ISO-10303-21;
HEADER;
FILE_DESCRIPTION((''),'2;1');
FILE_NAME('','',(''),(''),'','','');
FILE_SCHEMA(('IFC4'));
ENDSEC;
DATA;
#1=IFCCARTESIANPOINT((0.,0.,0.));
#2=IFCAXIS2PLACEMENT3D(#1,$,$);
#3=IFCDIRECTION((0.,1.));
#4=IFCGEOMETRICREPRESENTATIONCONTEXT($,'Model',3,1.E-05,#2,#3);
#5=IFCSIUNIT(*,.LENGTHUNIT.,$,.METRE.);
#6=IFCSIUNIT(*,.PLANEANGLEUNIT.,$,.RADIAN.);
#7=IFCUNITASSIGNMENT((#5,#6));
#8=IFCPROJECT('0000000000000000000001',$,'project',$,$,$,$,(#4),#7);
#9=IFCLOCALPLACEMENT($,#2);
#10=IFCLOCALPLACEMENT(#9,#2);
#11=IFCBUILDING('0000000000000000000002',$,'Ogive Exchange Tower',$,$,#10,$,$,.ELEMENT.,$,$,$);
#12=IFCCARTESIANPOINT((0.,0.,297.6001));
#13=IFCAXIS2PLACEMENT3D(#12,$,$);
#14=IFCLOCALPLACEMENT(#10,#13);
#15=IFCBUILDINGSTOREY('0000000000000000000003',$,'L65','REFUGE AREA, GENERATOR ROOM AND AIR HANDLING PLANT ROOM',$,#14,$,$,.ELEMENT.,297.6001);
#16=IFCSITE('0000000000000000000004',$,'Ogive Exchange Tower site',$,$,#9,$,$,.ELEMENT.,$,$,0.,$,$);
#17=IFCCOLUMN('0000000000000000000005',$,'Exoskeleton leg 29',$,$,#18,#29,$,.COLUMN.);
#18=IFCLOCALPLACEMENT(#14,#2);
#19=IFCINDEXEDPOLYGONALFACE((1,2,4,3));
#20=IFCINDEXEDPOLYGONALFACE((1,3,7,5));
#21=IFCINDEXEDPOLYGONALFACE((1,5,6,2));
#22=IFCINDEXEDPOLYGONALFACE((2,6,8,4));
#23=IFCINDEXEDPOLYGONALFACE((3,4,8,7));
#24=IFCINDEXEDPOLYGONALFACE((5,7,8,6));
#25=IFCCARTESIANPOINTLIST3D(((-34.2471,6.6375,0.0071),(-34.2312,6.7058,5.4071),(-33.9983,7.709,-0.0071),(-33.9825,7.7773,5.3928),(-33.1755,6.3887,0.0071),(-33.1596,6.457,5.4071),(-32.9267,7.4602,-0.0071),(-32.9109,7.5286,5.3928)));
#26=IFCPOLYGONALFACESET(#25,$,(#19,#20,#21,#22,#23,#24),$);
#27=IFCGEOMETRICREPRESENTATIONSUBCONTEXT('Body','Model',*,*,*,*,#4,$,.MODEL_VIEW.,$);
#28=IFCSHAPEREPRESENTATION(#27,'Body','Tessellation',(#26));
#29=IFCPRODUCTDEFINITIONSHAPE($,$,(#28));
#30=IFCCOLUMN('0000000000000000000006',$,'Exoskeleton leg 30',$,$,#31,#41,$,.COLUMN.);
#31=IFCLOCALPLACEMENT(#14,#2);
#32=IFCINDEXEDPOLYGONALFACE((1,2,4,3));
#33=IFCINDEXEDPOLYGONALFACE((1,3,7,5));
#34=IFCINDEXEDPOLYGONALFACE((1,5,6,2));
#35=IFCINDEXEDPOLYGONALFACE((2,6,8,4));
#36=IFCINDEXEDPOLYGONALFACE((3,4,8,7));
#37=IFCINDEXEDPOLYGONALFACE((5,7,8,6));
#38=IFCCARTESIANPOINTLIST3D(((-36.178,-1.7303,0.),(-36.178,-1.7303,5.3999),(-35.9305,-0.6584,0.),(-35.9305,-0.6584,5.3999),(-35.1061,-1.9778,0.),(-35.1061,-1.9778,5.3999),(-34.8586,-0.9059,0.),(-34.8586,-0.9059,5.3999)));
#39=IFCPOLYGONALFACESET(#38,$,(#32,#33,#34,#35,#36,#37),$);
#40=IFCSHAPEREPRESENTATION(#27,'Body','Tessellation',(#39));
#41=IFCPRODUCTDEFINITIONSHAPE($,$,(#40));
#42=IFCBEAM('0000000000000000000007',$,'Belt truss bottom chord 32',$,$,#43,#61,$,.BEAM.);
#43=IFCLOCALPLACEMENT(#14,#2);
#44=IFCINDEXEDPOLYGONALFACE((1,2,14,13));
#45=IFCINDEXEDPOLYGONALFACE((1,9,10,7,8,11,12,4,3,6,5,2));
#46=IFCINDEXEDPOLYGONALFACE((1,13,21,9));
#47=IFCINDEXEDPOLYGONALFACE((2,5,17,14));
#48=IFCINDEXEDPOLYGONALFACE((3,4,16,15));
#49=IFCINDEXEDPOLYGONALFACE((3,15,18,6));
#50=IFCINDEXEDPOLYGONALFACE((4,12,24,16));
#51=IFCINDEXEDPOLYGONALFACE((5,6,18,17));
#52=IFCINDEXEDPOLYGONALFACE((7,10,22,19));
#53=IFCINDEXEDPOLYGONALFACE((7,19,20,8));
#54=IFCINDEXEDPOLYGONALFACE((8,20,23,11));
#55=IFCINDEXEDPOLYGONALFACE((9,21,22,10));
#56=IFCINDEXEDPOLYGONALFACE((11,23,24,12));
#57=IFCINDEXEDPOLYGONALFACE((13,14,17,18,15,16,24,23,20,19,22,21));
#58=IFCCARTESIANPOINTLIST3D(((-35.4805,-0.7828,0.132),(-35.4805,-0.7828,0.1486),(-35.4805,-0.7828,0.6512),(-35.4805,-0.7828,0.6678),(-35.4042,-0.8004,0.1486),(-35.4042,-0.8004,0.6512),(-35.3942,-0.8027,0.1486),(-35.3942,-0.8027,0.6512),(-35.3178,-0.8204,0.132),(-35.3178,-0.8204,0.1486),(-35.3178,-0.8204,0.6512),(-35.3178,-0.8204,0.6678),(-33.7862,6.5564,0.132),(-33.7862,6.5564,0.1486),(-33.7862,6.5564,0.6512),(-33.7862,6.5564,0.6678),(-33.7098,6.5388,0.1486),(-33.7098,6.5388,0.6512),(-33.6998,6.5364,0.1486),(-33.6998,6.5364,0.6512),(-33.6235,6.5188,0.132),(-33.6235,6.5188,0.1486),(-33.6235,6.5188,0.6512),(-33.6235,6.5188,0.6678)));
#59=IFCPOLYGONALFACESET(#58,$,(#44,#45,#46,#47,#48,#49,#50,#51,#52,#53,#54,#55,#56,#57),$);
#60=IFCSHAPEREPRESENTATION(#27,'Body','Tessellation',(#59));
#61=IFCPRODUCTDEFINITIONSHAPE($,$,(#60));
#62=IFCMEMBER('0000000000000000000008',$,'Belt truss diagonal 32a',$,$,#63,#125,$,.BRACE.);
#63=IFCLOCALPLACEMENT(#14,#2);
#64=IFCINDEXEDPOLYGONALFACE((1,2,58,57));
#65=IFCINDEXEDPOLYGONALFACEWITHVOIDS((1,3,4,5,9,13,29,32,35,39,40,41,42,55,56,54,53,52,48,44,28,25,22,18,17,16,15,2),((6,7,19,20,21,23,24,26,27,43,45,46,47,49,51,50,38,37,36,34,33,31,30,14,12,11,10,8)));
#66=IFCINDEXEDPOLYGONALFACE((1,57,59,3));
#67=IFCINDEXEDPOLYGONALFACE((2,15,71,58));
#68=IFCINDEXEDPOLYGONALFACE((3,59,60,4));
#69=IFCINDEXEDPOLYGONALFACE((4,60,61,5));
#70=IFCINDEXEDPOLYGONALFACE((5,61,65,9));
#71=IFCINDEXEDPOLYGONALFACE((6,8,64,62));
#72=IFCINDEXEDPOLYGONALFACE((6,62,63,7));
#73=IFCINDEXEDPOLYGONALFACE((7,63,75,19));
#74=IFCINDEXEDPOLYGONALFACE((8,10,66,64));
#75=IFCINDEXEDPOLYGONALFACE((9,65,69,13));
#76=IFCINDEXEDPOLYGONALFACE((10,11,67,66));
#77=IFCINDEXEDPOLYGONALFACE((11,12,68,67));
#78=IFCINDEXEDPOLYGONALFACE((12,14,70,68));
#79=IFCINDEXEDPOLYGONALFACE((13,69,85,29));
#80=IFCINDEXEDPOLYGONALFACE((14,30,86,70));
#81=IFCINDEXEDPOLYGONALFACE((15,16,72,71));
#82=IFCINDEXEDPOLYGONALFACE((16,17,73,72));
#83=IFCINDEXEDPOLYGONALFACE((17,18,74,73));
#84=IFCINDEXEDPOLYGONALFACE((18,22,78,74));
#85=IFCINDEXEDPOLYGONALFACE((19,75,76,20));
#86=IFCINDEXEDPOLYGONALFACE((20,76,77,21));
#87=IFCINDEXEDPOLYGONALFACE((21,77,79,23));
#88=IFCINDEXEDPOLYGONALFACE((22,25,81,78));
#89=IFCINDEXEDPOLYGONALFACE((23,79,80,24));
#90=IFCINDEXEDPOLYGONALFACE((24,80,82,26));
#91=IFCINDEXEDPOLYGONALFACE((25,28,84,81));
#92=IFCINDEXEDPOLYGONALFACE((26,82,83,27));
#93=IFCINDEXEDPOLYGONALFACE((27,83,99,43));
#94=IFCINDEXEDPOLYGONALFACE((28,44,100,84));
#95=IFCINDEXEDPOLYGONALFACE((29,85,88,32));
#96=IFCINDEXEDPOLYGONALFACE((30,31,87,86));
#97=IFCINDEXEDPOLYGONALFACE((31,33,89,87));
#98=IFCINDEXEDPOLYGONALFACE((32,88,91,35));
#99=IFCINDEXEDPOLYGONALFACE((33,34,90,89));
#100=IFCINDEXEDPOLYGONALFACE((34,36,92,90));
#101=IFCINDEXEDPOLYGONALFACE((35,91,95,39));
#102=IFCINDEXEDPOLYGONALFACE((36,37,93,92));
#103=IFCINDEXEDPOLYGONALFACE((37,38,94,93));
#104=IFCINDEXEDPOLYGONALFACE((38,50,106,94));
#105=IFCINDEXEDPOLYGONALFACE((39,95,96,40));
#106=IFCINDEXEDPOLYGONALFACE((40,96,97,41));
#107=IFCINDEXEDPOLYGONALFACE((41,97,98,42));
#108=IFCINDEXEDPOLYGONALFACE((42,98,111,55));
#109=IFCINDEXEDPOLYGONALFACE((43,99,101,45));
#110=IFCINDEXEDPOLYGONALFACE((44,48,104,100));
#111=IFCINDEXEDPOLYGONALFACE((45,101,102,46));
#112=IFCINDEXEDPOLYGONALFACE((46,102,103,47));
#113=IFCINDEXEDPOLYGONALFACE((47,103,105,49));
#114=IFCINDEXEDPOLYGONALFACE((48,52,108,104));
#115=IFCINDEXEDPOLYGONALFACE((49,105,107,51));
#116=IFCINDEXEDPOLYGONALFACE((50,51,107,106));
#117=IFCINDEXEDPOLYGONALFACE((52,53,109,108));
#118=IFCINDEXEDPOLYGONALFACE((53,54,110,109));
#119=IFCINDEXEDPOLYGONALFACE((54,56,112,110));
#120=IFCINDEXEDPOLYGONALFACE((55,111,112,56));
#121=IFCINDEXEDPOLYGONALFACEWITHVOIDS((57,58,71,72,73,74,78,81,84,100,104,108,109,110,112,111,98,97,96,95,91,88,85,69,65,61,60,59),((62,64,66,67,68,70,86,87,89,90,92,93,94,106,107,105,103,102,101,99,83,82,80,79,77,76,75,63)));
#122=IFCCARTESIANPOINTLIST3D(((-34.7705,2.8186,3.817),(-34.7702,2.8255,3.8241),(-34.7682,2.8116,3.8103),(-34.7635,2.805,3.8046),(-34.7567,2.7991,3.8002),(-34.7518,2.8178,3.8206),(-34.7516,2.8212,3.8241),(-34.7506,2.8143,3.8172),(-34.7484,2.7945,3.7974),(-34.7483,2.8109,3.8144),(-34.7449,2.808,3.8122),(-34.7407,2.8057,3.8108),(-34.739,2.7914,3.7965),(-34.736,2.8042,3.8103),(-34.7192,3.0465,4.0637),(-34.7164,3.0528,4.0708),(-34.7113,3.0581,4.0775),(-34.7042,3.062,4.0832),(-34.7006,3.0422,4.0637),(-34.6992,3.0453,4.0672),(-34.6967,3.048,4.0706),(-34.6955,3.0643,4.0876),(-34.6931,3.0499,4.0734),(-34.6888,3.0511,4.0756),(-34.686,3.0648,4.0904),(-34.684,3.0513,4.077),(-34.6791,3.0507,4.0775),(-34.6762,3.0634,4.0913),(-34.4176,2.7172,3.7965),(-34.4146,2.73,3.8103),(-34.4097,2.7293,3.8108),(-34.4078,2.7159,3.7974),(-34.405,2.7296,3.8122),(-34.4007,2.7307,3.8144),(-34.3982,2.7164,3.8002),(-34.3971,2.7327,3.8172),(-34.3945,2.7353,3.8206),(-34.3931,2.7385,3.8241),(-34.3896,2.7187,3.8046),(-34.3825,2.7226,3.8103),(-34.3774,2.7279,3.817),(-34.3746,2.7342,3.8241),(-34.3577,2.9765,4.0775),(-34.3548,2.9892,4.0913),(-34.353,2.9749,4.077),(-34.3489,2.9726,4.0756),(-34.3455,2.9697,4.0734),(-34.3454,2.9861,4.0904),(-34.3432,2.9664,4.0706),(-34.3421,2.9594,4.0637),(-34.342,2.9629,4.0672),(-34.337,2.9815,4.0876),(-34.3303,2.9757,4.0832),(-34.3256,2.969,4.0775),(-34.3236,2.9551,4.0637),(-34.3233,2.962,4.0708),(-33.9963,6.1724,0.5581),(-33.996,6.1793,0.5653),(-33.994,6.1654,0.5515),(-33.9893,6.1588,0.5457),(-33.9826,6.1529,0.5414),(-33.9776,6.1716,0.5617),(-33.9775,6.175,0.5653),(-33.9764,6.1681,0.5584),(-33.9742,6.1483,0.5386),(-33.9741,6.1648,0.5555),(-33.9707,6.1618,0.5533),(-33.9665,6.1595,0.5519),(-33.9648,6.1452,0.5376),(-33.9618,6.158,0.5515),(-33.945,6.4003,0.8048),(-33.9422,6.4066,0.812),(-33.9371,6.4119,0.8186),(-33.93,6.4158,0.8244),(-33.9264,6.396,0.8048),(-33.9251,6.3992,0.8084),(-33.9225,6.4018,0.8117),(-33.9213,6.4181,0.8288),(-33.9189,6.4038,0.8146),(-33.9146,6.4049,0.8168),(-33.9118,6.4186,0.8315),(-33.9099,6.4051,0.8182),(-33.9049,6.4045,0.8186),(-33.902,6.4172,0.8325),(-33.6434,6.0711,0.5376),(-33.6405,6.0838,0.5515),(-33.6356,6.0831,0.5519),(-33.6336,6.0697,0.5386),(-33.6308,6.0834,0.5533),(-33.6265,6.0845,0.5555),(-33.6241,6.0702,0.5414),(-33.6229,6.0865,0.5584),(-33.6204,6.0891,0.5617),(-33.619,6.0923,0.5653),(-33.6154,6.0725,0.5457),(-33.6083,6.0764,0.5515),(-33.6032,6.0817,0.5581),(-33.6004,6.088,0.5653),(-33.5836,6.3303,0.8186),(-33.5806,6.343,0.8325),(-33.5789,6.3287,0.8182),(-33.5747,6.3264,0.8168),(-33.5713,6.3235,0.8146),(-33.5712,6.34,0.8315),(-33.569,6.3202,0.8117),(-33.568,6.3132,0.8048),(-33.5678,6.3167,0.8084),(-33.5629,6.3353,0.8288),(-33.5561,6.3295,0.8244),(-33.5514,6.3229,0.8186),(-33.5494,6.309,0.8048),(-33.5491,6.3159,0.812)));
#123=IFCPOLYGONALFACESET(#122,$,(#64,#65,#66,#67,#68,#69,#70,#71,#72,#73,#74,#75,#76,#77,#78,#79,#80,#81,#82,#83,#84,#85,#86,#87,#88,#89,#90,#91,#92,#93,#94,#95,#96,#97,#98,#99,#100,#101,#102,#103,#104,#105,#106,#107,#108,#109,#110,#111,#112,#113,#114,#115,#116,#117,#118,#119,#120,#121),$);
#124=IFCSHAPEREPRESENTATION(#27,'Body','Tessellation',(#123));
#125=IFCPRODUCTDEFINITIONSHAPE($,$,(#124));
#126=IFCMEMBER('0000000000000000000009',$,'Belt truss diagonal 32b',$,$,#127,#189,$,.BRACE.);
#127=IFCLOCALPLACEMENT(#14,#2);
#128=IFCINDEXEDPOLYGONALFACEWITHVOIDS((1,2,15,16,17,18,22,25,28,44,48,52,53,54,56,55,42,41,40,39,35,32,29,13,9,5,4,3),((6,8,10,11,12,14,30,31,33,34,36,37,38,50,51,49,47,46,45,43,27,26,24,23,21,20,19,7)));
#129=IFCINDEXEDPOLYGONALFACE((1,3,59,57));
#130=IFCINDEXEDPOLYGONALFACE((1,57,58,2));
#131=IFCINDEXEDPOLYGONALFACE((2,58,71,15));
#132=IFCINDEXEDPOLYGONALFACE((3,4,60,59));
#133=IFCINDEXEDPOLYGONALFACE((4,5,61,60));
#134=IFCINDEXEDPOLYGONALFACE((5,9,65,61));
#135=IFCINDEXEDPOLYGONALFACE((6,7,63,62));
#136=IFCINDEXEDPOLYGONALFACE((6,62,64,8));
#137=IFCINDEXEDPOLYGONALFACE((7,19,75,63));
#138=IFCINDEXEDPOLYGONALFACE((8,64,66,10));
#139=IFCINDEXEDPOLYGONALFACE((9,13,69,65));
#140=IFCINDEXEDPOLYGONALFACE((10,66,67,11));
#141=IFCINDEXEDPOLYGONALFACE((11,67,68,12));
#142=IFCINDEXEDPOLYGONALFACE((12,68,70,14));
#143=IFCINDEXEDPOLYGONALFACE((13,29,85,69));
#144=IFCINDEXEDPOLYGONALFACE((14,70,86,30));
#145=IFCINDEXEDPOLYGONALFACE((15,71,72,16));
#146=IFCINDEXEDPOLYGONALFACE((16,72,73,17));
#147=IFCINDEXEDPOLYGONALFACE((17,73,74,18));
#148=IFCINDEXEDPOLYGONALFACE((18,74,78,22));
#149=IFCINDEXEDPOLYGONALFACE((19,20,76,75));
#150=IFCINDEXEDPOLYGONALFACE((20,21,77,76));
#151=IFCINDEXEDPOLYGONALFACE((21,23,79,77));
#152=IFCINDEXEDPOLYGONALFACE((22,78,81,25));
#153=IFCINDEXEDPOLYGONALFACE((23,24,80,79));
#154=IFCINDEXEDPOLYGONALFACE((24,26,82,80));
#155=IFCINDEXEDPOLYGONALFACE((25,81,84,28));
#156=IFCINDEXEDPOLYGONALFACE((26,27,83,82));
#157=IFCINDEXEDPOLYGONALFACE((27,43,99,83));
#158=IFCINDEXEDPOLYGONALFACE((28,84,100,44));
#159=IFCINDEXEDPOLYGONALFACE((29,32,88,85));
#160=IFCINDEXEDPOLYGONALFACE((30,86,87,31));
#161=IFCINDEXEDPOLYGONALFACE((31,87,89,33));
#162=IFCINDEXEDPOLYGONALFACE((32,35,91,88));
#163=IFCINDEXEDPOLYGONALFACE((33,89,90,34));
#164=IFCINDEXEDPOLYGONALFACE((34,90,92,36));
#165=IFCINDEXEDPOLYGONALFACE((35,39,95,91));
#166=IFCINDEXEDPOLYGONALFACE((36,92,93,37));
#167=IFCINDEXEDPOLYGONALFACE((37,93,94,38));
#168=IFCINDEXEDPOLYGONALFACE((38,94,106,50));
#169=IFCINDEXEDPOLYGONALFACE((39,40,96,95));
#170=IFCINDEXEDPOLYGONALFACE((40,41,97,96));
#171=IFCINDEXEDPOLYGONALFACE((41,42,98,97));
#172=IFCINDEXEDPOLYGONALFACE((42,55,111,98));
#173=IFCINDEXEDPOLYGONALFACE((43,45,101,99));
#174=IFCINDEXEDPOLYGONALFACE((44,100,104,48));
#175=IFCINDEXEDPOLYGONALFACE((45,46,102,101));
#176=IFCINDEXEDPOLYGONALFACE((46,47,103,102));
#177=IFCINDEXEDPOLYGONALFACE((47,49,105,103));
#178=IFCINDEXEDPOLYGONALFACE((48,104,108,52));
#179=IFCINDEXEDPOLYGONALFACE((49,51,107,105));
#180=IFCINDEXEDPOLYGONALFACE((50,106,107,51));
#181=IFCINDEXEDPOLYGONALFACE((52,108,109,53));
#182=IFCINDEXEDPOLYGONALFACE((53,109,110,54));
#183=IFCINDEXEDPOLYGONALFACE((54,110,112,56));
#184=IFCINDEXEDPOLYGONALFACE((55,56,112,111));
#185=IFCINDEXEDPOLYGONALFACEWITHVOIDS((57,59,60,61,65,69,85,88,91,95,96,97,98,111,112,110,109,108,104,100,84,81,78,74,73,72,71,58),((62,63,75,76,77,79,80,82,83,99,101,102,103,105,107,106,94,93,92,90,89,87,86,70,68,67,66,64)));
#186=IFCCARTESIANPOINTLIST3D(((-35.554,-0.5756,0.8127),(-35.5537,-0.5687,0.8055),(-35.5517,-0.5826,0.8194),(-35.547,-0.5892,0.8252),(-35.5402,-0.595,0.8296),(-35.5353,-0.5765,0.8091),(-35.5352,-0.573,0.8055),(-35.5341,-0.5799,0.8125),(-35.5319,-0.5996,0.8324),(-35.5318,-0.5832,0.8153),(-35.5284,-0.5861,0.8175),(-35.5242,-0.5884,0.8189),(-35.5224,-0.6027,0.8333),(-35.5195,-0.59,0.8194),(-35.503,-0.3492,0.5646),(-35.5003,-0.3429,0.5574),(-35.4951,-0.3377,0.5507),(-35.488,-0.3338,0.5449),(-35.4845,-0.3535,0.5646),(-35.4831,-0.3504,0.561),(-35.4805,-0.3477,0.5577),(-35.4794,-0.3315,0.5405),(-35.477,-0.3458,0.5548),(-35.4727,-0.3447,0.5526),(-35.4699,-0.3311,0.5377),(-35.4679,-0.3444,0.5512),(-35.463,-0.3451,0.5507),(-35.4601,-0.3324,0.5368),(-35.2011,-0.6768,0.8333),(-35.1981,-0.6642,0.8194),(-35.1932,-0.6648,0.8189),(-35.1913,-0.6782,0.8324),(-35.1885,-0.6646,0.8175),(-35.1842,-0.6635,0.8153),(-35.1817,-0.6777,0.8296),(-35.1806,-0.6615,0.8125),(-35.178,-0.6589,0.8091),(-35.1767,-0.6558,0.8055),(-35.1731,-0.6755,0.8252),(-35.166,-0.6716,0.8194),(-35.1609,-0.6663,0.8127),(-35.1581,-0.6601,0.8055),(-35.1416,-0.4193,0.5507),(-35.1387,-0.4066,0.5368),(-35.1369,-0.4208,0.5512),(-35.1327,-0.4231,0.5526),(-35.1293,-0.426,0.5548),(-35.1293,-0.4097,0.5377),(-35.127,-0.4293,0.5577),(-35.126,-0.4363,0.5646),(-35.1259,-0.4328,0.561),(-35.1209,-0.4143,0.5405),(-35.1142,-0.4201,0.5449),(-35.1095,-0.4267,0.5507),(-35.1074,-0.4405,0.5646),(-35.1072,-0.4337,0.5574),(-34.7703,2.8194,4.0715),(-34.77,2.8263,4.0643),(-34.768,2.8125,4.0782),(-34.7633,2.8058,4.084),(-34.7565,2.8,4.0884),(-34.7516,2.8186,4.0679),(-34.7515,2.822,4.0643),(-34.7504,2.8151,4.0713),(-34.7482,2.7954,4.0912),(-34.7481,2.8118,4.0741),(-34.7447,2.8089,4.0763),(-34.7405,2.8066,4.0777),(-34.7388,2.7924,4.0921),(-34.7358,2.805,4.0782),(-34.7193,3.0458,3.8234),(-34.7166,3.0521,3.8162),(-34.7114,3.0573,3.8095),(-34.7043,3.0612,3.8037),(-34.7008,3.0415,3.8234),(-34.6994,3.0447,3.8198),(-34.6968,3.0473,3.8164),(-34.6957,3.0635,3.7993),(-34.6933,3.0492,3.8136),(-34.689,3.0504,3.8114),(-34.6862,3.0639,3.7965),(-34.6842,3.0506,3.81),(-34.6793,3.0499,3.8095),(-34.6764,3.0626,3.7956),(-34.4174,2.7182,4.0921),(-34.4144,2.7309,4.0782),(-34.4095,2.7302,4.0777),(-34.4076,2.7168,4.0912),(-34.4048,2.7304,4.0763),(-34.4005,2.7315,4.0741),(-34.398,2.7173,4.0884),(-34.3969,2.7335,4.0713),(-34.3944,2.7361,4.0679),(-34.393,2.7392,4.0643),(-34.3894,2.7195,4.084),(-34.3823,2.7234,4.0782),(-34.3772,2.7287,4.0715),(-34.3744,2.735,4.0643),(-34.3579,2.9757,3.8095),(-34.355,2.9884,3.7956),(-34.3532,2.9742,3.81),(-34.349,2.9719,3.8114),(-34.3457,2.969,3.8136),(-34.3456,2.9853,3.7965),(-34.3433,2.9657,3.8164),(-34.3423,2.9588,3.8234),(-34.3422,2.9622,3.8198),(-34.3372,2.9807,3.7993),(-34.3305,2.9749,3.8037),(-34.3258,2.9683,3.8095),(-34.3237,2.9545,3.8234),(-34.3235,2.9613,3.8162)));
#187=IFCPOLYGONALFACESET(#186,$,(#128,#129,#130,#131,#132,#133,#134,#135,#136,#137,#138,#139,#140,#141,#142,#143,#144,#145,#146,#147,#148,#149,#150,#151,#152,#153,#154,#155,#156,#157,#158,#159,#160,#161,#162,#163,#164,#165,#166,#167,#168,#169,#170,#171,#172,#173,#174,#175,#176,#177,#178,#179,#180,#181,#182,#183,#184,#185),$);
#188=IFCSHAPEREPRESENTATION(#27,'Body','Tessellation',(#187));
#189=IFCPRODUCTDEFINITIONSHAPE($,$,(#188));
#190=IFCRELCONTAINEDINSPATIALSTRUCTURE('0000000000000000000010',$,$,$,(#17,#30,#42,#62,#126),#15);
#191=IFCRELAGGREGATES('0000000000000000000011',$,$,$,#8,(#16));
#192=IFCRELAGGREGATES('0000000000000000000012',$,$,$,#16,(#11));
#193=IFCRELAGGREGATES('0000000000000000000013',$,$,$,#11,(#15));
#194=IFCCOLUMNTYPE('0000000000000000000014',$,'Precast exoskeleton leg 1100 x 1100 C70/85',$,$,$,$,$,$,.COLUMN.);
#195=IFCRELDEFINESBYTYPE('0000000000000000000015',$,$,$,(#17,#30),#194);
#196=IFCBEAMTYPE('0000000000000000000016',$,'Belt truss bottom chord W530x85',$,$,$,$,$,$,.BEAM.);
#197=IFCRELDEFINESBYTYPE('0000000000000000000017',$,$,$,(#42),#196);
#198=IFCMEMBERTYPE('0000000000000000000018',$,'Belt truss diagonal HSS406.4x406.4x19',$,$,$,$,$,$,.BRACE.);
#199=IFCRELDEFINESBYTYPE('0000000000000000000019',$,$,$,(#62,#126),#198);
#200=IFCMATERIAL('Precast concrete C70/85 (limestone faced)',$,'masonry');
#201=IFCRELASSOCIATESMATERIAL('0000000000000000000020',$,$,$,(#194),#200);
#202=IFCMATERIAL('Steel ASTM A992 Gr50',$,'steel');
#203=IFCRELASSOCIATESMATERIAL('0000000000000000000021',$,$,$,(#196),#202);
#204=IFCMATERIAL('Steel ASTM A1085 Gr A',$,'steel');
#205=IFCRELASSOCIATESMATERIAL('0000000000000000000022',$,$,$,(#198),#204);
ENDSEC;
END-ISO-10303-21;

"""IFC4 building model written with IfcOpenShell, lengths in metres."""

from ifc_helpers import new_model, si_unit, direction, frame, origin, origin_2d, place, context, subcontext, project, spatial, rectangle, hollow_rectangle, i_section, extrude, material, material_profile, profile_set, type_object, element, save


model = new_model("IFC4")

# Units and contexts
model_context = context("Model", 3, precision=1e-05, world=origin(), true_north=direction((0.0, 1.0)))
body_context = subcontext(model_context, "Body", "Model", "MODEL_VIEW")
ifc_project = project(units=[si_unit("LENGTHUNIT", "METRE"), si_unit("PLANEANGLEUNIT", "RADIAN")], contexts=[model_context])

# Site, building, storey
site_placement = place(None, origin())
site = spatial("IfcSite", under=ifc_project, at=site_placement, Name="Ogive Exchange Tower site", CompositionType="ELEMENT", RefElevation=0.0)
building_placement = place(site_placement, origin())
building = spatial("IfcBuilding", under=site, at=building_placement, Name="Ogive Exchange Tower", CompositionType="ELEMENT")
storey_placement = place(building_placement, frame((0.0, 0.0, 297.6001)))
storey = spatial("IfcBuildingStorey", under=building, at=storey_placement, Name="L65", Description="REFUGE AREA, GENERATOR ROOM AND AIR HANDLING PLANT ROOM", CompositionType="ELEMENT", Elevation=297.6001)

# Columns
ifc_material_1 = material(Name="Precast concrete C70/85 (limestone faced)", Category="masonry")
ifc_material_profile_1 = material_profile(ifc_material_1, rectangle(XDim=1.1001, YDim=1.1001, at=origin_2d()), Name="1100 x 1100")
ifc_profile_set_1 = profile_set([ifc_material_profile_1], Name="Precast concrete C70/85 (limestone faced)")
column_type = type_object("IfcColumnType", Name="Precast exoskeleton leg 1100 x 1100 C70/85", PredefinedType="COLUMN", material=ifc_profile_set_1)
column_1_placement = place(storey_placement, frame((-33.5869, 7.0488, 0.0), z_axis=(0.002939, 0.012658, 0.999916), x_axis=(-0.974097, 0.22613, 0.0)))
element("IfcColumn", 1, at=column_1_placement, inside=storey, type_object=column_type, Name="Exoskeleton leg 29", PredefinedType="COLUMN", context=body_context, shape_type="SweptSolid", body=[
    extrude(rectangle(XDim=1.1001, YDim=1.1001, at=origin_2d()), origin(), (0.0, 0.0, 1.0), 5.4004),
])
column_2_placement = place(storey_placement, frame((-35.5183, -1.3181, 0.0), z_axis=(0.0, 0.0, 1.0), x_axis=(0.97437, -0.224951, 0.0)))
element("IfcColumn", 2, at=column_2_placement, inside=storey, type_object=column_type, Name="Exoskeleton leg 30", PredefinedType="COLUMN", context=body_context, shape_type="SweptSolid", body=[
    extrude(rectangle(XDim=1.1001, YDim=1.1001, at=origin_2d()), origin(), (0.0, 0.0, 1.0), 5.3999),
])

# Beam
ifc_material_2 = material(Name="Steel ASTM A992 Gr50", Category="steel")
ifc_material_profile_2 = material_profile(ifc_material_2, i_section(OverallWidth=0.167, OverallDepth=0.5359, WebThickness=0.0103, FlangeThickness=0.0166, at=origin_2d()), Name="W530x85")
ifc_profile_set_2 = profile_set([ifc_material_profile_2], Name="Steel ASTM A992 Gr50")
beam_type_1 = type_object("IfcBeamType", Name="Belt truss bottom chord W530x85", PredefinedType="BEAM", material=ifc_profile_set_2)
beam_1_placement = place(storey_placement, frame((-33.7048, 6.5376, 0.3999), z_axis=(-0.224947, -0.974371, 0.0), x_axis=(0.974371, -0.224947, 0.0)))
element("IfcBeam", 3, at=beam_1_placement, inside=storey, type_object=beam_type_1, Name="Belt truss bottom chord 32", PredefinedType="BEAM", context=body_context, shape_type="SweptSolid", body=[
    extrude(i_section(OverallWidth=0.167, OverallDepth=0.5359, WebThickness=0.0103, FlangeThickness=0.0166, at=origin_2d()), origin(), (0.0, 0.0, 1.0), 7.5322),
])

# Members
ifc_material_3 = material(Name="Steel ASTM A1085 Gr A", Category="steel")
ifc_material_profile_3 = material_profile(ifc_material_3, hollow_rectangle(XDim=0.406, YDim=0.406, WallThickness=0.019, InnerFilletRadius=0.019, OuterFilletRadius=0.0381, at=origin_2d()), Name="HSS406.4x406.4x19")
ifc_profile_set_3 = profile_set([ifc_material_profile_3], Name="Steel ASTM A1085 Gr A")
member_type_1 = type_object("IfcMemberType", Name="Belt truss diagonal HSS406.4x406.4x19", PredefinedType="BRACE", material=ifc_profile_set_3)
member_1_placement = place(storey_placement, frame((-33.7727, 6.2441, 0.6851), z_axis=(-0.16333, -0.707558, 0.687521), x_axis=(0.974377, -0.224922, 0.0)))
element("IfcMember", 4, at=member_1_placement, inside=storey, type_object=member_type_1, Name="Belt truss diagonal 32a", PredefinedType="BRACE", context=body_context, shape_type="SweptSolid", body=[
    extrude(hollow_rectangle(XDim=0.406, YDim=0.406, WallThickness=0.019, InnerFilletRadius=0.019, OuterFilletRadius=0.0381, at=origin_2d()), origin(), (0.0, 0.0, 1.0), 4.74),
])
member_2_placement = place(storey_placement, frame((-35.3306, -0.5046, 0.6851), z_axis=(0.16427, 0.711633, 0.683077), x_axis=(-0.974377, 0.224921, 0.0)))
element("IfcMember", 5, at=member_2_placement, inside=storey, type_object=member_type_1, Name="Belt truss diagonal 32b", PredefinedType="BRACE", context=body_context, shape_type="SweptSolid", body=[
    extrude(hollow_rectangle(XDim=0.406, YDim=0.406, WallThickness=0.019, InnerFilletRadius=0.019, OuterFilletRadius=0.0381, at=origin_2d()), origin(), (0.0, 0.0, 1.0), 4.7708),
])

save(model, "model.ifc")
